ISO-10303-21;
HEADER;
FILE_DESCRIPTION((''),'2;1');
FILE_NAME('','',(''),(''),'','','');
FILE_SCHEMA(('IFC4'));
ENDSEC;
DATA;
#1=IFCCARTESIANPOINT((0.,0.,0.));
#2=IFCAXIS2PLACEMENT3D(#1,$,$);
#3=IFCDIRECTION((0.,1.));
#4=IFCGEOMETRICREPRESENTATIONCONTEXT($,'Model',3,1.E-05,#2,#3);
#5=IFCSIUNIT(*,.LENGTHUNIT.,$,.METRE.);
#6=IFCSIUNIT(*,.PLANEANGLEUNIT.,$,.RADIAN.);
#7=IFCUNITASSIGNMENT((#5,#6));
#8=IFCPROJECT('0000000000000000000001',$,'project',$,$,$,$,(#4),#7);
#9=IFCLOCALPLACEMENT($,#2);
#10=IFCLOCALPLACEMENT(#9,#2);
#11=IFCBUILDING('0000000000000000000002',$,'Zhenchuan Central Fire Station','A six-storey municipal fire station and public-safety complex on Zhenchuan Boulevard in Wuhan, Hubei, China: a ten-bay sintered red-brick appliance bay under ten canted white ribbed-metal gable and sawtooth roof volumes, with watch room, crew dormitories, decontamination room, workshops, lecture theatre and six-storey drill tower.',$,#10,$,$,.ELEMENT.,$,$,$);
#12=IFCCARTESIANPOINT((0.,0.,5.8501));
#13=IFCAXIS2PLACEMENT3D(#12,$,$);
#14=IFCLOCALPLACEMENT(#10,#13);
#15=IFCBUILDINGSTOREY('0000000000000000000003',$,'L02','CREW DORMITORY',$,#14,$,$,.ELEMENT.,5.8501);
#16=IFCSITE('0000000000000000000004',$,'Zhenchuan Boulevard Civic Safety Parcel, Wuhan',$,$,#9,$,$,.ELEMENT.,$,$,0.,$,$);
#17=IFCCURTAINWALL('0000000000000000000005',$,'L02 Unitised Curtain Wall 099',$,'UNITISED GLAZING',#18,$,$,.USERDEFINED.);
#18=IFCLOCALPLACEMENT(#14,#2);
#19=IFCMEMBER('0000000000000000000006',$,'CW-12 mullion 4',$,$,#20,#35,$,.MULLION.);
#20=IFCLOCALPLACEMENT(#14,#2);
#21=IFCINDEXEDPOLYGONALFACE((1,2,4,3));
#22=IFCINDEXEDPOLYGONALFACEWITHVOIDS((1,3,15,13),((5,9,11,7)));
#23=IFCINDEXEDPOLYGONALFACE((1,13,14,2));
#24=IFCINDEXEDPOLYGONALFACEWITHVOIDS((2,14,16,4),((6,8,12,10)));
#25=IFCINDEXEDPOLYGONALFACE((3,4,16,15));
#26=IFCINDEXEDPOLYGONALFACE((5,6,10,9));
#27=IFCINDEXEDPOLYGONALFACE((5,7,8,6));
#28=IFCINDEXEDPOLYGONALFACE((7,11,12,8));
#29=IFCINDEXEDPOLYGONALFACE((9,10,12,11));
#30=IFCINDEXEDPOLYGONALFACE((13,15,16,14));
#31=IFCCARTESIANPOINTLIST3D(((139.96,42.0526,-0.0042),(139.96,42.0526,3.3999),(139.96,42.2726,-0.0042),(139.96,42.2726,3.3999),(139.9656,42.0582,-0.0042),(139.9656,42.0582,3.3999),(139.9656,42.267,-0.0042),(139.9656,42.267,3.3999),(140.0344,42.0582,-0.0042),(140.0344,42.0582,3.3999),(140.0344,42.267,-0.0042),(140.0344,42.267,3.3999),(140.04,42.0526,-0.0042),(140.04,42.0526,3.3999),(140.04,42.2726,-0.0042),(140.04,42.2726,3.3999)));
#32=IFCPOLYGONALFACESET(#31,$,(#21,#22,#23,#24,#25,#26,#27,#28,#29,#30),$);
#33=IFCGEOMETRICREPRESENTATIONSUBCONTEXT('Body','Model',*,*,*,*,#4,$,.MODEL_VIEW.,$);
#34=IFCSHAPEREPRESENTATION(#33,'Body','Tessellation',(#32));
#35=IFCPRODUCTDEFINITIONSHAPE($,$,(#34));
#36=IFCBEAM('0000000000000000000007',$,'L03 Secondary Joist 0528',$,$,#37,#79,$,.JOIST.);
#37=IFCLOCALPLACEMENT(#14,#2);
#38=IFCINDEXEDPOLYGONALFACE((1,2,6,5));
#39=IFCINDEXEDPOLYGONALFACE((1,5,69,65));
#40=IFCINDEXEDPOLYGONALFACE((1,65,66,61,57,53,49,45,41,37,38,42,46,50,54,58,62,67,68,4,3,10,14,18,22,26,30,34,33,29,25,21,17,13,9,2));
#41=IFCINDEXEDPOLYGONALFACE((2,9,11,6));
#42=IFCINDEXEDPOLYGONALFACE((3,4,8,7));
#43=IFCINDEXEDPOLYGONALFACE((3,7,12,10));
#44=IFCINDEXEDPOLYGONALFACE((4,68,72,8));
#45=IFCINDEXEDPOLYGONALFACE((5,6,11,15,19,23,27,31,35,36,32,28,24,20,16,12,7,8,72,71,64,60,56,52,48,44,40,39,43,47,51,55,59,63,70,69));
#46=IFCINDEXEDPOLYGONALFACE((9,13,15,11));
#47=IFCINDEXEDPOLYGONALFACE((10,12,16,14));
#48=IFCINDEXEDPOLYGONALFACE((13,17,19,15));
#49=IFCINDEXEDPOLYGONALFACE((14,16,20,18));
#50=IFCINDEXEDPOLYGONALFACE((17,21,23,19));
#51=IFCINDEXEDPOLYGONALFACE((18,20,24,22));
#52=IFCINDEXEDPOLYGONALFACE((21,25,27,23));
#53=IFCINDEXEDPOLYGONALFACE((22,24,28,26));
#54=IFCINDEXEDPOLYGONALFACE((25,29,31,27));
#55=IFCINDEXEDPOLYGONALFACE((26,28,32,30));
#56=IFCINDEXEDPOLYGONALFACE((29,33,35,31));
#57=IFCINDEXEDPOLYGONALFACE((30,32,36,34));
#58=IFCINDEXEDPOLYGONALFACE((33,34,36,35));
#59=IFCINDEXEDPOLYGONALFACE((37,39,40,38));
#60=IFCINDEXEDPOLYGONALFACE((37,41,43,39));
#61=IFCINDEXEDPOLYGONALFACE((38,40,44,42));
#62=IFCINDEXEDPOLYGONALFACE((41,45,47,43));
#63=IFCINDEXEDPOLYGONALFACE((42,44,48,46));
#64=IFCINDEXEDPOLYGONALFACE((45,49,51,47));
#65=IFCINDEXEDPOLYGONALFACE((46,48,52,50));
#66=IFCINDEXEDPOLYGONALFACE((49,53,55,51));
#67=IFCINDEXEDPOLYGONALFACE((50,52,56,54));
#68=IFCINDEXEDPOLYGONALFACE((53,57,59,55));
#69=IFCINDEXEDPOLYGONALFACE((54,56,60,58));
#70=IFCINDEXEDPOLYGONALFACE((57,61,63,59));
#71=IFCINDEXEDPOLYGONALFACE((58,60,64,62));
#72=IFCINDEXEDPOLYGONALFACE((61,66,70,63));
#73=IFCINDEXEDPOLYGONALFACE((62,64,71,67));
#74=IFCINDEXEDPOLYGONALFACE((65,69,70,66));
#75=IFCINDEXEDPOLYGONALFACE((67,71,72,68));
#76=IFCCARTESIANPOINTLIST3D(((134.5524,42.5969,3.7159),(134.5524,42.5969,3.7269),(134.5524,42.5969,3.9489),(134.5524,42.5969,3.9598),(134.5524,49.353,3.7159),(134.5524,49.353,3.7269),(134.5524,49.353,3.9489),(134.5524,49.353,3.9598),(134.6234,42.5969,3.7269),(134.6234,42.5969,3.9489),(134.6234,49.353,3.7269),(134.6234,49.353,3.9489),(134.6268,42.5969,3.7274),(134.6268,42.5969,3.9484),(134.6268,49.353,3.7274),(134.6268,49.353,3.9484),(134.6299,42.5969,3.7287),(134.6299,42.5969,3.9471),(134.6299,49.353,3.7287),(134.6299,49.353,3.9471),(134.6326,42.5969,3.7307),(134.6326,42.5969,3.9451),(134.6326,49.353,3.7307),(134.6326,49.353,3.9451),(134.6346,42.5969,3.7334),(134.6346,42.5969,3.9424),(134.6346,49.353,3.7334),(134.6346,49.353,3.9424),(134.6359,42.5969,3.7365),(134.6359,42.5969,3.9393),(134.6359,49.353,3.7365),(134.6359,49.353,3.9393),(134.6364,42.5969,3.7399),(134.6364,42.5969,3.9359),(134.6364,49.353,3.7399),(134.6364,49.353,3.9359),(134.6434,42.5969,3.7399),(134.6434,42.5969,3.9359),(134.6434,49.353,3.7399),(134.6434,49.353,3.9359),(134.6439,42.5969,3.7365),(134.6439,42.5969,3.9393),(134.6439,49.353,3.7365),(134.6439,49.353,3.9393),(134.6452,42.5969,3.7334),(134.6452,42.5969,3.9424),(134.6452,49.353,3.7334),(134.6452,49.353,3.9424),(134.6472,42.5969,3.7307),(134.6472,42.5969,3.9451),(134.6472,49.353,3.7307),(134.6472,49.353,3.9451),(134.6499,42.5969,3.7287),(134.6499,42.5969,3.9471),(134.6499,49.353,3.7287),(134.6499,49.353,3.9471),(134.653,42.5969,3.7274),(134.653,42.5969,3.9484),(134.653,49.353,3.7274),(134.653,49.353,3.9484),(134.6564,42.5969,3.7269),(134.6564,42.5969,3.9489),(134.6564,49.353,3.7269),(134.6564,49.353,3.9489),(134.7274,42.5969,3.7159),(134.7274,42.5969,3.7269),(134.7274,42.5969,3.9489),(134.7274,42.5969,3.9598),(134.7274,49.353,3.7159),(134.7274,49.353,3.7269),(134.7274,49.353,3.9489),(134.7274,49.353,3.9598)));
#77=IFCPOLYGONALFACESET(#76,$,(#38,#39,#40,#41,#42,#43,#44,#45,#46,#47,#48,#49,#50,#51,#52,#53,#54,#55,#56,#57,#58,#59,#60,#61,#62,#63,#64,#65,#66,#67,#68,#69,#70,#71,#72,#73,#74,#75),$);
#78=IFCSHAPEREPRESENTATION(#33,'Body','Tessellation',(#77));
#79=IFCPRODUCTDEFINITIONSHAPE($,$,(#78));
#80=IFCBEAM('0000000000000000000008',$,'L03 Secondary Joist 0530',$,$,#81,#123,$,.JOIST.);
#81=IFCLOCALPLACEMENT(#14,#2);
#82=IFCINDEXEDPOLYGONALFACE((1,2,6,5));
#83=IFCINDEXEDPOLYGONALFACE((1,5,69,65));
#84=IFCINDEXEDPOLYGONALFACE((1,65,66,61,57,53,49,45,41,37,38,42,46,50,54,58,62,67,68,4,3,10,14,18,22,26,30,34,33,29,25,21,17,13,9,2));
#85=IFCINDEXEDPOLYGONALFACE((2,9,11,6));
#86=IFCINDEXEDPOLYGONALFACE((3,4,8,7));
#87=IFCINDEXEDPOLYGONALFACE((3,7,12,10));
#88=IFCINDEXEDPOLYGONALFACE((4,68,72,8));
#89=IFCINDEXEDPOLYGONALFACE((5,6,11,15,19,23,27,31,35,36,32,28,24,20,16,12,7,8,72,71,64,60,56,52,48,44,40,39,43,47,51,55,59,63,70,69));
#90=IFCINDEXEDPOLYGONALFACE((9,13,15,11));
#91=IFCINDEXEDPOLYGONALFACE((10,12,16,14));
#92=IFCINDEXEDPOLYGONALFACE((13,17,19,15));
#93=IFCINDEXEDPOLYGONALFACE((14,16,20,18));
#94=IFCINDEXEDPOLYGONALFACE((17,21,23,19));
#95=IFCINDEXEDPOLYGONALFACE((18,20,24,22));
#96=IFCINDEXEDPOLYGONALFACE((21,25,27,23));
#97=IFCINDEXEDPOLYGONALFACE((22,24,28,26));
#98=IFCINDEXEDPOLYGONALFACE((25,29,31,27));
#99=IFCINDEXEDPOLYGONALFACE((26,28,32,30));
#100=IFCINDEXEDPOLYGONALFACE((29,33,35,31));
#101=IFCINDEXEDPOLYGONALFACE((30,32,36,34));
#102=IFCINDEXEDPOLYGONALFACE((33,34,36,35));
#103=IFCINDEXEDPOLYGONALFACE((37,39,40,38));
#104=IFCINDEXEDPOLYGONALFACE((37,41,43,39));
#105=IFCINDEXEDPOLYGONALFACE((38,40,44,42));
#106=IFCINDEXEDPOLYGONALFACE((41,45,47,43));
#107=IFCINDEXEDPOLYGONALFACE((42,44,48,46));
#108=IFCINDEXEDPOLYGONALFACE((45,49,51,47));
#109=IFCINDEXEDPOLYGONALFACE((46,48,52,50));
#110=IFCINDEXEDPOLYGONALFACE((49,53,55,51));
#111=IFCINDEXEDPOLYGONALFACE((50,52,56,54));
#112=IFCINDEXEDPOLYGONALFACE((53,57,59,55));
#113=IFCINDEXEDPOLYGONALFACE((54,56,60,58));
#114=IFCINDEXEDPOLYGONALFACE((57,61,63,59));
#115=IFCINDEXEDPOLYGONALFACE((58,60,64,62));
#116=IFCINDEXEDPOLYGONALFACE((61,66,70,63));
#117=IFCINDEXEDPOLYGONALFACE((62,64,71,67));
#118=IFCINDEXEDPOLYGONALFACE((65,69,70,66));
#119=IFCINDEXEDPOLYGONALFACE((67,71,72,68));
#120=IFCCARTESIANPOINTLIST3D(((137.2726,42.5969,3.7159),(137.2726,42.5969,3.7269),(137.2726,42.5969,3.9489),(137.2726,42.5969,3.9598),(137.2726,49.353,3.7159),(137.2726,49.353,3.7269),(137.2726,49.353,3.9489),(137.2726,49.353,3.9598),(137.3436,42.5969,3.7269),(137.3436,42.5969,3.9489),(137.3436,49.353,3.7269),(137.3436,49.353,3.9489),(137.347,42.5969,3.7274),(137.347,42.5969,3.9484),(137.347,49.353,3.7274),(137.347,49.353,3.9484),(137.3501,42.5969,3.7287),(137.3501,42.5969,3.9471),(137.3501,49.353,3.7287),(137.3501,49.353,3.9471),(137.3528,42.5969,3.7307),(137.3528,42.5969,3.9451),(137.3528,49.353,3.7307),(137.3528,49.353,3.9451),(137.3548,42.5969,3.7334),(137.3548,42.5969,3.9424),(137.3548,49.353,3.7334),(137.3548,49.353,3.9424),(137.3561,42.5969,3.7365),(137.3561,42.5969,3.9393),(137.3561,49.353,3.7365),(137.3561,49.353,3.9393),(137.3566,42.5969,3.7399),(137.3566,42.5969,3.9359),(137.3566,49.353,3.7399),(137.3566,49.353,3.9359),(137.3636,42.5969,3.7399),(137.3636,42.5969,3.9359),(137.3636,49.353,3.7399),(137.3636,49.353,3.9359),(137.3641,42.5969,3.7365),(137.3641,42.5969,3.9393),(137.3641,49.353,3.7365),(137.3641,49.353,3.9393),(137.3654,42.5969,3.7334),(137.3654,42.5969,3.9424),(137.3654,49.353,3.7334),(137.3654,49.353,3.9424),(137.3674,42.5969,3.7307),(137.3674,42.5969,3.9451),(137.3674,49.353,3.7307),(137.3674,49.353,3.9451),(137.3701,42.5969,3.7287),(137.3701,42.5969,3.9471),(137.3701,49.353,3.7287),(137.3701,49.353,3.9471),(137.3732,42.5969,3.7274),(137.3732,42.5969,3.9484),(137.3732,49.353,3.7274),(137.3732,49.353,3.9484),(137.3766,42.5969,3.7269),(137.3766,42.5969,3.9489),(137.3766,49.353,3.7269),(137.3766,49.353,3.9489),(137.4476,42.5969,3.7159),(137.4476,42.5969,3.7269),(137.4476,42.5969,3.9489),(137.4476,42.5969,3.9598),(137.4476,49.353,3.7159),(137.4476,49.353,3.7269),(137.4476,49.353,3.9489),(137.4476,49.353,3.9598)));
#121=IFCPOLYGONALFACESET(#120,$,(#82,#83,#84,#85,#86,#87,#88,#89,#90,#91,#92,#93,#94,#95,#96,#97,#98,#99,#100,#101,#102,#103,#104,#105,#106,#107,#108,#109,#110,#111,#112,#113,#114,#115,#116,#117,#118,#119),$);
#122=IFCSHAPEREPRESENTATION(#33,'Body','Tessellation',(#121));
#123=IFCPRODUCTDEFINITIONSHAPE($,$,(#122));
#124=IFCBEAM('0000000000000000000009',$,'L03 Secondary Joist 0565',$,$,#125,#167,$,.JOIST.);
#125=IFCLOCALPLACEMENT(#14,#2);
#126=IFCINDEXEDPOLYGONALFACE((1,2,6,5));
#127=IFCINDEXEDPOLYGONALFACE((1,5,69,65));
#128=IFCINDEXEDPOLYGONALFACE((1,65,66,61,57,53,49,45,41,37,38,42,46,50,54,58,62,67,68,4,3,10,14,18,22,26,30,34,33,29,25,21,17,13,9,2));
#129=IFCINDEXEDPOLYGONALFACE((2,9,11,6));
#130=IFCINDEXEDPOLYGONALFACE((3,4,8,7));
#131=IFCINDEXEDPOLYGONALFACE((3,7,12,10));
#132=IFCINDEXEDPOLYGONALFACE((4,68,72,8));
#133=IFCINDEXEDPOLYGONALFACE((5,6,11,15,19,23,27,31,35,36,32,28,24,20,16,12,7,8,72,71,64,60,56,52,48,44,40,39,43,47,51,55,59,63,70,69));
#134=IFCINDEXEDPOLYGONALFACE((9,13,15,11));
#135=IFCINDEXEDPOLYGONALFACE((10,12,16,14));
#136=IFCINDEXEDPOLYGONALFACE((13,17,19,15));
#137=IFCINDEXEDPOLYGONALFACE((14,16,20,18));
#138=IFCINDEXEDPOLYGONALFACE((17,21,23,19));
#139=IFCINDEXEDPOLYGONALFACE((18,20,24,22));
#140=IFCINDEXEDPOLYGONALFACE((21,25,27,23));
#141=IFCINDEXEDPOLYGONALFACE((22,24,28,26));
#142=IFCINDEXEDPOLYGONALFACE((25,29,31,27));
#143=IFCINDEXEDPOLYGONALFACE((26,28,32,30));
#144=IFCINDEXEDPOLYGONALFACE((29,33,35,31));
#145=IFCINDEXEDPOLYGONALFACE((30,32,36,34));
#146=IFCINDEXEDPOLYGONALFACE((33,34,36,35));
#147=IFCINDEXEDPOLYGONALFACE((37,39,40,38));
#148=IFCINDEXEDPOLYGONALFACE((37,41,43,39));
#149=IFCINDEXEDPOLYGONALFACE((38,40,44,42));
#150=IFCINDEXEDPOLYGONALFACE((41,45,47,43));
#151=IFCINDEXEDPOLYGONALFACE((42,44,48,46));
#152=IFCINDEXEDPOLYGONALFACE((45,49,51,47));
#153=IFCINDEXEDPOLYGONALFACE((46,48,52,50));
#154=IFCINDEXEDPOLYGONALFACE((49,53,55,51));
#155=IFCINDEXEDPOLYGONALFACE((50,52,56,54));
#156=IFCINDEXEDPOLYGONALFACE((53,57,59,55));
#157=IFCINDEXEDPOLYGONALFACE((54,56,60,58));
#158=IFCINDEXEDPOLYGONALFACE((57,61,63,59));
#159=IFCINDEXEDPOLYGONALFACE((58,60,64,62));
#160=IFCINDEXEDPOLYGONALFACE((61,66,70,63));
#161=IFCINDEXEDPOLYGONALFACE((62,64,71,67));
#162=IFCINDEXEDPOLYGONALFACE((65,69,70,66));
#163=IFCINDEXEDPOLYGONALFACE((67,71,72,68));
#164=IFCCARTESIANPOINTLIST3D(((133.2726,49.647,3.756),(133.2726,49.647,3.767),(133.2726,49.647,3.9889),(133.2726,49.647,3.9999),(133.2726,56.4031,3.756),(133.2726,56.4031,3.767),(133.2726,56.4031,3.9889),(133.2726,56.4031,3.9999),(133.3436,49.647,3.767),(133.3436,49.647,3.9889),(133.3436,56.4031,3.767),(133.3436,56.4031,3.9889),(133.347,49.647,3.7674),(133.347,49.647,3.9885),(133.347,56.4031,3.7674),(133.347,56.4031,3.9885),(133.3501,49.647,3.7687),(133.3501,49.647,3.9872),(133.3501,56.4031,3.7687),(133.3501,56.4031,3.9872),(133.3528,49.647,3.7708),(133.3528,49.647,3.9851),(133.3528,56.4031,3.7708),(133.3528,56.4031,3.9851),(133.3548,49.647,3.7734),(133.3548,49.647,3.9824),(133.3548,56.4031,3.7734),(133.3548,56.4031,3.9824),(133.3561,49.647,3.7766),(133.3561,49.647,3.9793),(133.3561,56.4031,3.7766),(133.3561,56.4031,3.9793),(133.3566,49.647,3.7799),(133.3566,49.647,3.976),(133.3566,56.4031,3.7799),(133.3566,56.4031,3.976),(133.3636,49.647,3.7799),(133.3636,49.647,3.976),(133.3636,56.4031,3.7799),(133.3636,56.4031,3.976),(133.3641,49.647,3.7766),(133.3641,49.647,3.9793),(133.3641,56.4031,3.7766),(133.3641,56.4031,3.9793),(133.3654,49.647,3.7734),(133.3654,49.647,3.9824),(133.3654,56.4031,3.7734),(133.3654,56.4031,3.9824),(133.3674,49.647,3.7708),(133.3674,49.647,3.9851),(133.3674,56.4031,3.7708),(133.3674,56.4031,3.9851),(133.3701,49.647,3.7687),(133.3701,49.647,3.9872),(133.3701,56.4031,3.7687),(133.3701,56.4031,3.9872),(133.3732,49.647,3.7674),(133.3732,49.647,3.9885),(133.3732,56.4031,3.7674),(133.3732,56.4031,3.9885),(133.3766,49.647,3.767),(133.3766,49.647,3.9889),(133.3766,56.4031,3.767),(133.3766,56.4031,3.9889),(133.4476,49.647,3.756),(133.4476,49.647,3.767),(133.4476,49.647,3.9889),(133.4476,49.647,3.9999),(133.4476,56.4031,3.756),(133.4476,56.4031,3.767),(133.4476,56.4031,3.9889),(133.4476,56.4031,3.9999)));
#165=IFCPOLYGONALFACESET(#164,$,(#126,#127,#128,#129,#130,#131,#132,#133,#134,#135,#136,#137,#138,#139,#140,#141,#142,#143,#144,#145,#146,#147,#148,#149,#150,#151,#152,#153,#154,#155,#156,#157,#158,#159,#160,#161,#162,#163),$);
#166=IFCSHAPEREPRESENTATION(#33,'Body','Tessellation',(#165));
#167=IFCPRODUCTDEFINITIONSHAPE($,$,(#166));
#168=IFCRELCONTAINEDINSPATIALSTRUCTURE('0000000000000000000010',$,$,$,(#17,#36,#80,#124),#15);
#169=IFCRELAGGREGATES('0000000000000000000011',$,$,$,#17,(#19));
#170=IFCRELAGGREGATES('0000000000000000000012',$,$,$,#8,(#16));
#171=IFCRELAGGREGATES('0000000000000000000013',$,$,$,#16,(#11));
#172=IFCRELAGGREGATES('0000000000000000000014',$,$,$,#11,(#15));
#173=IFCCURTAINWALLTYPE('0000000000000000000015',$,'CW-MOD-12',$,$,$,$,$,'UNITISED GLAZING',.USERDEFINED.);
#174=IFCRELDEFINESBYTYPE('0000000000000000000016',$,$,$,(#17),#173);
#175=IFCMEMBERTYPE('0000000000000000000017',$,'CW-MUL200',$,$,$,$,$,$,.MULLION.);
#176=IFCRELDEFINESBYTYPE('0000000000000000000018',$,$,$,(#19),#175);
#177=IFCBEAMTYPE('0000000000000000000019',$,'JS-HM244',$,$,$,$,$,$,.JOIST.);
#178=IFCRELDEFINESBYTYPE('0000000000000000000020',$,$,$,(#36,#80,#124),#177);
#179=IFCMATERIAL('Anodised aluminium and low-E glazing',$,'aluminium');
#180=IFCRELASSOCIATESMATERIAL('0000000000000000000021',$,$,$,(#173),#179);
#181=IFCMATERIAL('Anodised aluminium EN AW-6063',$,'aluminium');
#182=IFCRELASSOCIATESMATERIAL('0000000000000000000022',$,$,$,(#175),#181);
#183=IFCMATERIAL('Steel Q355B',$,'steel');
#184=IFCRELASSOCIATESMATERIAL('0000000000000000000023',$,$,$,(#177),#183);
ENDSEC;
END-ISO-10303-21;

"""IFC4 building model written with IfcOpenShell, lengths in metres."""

from ifc_helpers import new_model, si_unit, direction, frame, origin, origin_2d, place, context, subcontext, project, spatial, hollow_rectangle, i_section, extrude, material, material_profile, profile_set, type_object, element, aggregate, save


model = new_model("IFC4")

# Units and contexts
model_context = context("Model", 3, precision=1e-05, world=origin(), true_north=direction((0.0, 1.0)))
body_context = subcontext(model_context, "Body", "Model", "MODEL_VIEW")
ifc_project = project(units=[si_unit("LENGTHUNIT", "METRE"), si_unit("PLANEANGLEUNIT", "RADIAN")], contexts=[model_context])

# Site, building, storey
site_placement = place(None, origin())
site = spatial("IfcSite", under=ifc_project, at=site_placement, Name="Zhenchuan Boulevard Civic Safety Parcel, Wuhan", CompositionType="ELEMENT", RefElevation=0.0)
building_placement = place(site_placement, origin())
building = spatial("IfcBuilding", under=site, at=building_placement, Name="Zhenchuan Central Fire Station", Description="A six-storey municipal fire station and public-safety complex on Zhenchuan Boulevard in Wuhan, Hubei, China: a ten-bay sintered red-brick appliance bay under ten canted white ribbed-metal gable and sawtooth roof volumes, with watch room, crew dormitories, decontamination room, workshops, lecture theatre and six-storey drill tower.", CompositionType="ELEMENT")
storey_placement = place(building_placement, frame((0.0, 0.0, 5.8501)))
storey = spatial("IfcBuildingStorey", under=building, at=storey_placement, Name="L02", Description="CREW DORMITORY", CompositionType="ELEMENT", Elevation=5.8501)

# Shared definitions
ifc_material_1 = material(Name="Steel Q355B", Category="steel")

# Curtain wall, member
ifc_material_2 = material(Name="Anodised aluminium and low-E glazing", Category="aluminium")
curtain_wall_type = type_object("IfcCurtainWallType", Name="CW-MOD-12", ElementType="UNITISED GLAZING", PredefinedType="USERDEFINED", material=ifc_material_2)
curtain_wall_placement = place(storey_placement, origin())
curtain_wall = element("IfcCurtainWall", 1, at=curtain_wall_placement, inside=storey, type_object=curtain_wall_type, Name="L02 Unitised Curtain Wall 099", ObjectType="UNITISED GLAZING", PredefinedType="USERDEFINED")
ifc_material_3 = material(Name="Anodised aluminium EN AW-6063", Category="aluminium")
ifc_material_profile_1 = material_profile(ifc_material_3, hollow_rectangle(XDim=0.0801, YDim=0.22, WallThickness=0.0056, at=origin_2d()), Name="ALU-M 220x80")
ifc_profile_set_1 = profile_set([ifc_material_profile_1], Name="Anodised aluminium EN AW-6063")
member_type = type_object("IfcMemberType", Name="CW-MUL200", PredefinedType="MULLION", material=ifc_profile_set_1)
member_placement = place(storey_placement, frame((140.0, 42.1626, -0.0042), z_axis=(0.0, 0.0, 1.0), x_axis=(-1.0, 0.0, 0.0)))
member = element("IfcMember", 2, at=member_placement, type_object=member_type, Name="CW-12 mullion 4", PredefinedType="MULLION", context=body_context, shape_type="SweptSolid", body=[
    extrude(hollow_rectangle(XDim=0.0801, YDim=0.22, WallThickness=0.0056, at=origin_2d()), origin(), (0.0, 0.0, 1.0), 3.4041),
])
aggregate(curtain_wall, [member])

# Beams
ifc_material_profile_2 = material_profile(ifc_material_1, i_section(OverallWidth=0.175, OverallDepth=0.2439, WebThickness=0.0071, FlangeThickness=0.011, FilletRadius=0.0129, at=origin_2d()), Name="HM 244x175")
ifc_profile_set_2 = profile_set([ifc_material_profile_2], Name="Steel Q355B")
beam_type_1 = type_object("IfcBeamType", Name="JS-HM244", PredefinedType="JOIST", material=ifc_profile_set_2)
for number, where, z_axis, x_axis, name in (
    (3, (134.6399, 42.5969, 3.8379), (0.0, 1.0, 0.0), (-1.0, 0.0, 0.0), "L03 Secondary Joist 0528"),
    (4, (137.3601, 42.5969, 3.8379), (0.0, 1.0, 0.0), (-1.0, 0.0, 0.0), "L03 Secondary Joist 0530"),
    (5, (133.3601, 49.647, 3.8779), (0.0, 1.0, 0.0), (-1.0, 0.0, 0.0), "L03 Secondary Joist 0565"),
):
    element("IfcBeam", number, at=place(storey_placement, frame(where, z_axis=z_axis, x_axis=x_axis)), inside=storey, type_object=beam_type_1, Name=name, PredefinedType="JOIST", context=body_context, shape_type="SweptSolid", body=[
        extrude(i_section(OverallWidth=0.175, OverallDepth=0.2439, WebThickness=0.0071, FlangeThickness=0.011, FilletRadius=0.0129, at=origin_2d()), origin(), (0.0, 0.0, 1.0), 6.7561),
    ])

save(model, "model.ifc")
